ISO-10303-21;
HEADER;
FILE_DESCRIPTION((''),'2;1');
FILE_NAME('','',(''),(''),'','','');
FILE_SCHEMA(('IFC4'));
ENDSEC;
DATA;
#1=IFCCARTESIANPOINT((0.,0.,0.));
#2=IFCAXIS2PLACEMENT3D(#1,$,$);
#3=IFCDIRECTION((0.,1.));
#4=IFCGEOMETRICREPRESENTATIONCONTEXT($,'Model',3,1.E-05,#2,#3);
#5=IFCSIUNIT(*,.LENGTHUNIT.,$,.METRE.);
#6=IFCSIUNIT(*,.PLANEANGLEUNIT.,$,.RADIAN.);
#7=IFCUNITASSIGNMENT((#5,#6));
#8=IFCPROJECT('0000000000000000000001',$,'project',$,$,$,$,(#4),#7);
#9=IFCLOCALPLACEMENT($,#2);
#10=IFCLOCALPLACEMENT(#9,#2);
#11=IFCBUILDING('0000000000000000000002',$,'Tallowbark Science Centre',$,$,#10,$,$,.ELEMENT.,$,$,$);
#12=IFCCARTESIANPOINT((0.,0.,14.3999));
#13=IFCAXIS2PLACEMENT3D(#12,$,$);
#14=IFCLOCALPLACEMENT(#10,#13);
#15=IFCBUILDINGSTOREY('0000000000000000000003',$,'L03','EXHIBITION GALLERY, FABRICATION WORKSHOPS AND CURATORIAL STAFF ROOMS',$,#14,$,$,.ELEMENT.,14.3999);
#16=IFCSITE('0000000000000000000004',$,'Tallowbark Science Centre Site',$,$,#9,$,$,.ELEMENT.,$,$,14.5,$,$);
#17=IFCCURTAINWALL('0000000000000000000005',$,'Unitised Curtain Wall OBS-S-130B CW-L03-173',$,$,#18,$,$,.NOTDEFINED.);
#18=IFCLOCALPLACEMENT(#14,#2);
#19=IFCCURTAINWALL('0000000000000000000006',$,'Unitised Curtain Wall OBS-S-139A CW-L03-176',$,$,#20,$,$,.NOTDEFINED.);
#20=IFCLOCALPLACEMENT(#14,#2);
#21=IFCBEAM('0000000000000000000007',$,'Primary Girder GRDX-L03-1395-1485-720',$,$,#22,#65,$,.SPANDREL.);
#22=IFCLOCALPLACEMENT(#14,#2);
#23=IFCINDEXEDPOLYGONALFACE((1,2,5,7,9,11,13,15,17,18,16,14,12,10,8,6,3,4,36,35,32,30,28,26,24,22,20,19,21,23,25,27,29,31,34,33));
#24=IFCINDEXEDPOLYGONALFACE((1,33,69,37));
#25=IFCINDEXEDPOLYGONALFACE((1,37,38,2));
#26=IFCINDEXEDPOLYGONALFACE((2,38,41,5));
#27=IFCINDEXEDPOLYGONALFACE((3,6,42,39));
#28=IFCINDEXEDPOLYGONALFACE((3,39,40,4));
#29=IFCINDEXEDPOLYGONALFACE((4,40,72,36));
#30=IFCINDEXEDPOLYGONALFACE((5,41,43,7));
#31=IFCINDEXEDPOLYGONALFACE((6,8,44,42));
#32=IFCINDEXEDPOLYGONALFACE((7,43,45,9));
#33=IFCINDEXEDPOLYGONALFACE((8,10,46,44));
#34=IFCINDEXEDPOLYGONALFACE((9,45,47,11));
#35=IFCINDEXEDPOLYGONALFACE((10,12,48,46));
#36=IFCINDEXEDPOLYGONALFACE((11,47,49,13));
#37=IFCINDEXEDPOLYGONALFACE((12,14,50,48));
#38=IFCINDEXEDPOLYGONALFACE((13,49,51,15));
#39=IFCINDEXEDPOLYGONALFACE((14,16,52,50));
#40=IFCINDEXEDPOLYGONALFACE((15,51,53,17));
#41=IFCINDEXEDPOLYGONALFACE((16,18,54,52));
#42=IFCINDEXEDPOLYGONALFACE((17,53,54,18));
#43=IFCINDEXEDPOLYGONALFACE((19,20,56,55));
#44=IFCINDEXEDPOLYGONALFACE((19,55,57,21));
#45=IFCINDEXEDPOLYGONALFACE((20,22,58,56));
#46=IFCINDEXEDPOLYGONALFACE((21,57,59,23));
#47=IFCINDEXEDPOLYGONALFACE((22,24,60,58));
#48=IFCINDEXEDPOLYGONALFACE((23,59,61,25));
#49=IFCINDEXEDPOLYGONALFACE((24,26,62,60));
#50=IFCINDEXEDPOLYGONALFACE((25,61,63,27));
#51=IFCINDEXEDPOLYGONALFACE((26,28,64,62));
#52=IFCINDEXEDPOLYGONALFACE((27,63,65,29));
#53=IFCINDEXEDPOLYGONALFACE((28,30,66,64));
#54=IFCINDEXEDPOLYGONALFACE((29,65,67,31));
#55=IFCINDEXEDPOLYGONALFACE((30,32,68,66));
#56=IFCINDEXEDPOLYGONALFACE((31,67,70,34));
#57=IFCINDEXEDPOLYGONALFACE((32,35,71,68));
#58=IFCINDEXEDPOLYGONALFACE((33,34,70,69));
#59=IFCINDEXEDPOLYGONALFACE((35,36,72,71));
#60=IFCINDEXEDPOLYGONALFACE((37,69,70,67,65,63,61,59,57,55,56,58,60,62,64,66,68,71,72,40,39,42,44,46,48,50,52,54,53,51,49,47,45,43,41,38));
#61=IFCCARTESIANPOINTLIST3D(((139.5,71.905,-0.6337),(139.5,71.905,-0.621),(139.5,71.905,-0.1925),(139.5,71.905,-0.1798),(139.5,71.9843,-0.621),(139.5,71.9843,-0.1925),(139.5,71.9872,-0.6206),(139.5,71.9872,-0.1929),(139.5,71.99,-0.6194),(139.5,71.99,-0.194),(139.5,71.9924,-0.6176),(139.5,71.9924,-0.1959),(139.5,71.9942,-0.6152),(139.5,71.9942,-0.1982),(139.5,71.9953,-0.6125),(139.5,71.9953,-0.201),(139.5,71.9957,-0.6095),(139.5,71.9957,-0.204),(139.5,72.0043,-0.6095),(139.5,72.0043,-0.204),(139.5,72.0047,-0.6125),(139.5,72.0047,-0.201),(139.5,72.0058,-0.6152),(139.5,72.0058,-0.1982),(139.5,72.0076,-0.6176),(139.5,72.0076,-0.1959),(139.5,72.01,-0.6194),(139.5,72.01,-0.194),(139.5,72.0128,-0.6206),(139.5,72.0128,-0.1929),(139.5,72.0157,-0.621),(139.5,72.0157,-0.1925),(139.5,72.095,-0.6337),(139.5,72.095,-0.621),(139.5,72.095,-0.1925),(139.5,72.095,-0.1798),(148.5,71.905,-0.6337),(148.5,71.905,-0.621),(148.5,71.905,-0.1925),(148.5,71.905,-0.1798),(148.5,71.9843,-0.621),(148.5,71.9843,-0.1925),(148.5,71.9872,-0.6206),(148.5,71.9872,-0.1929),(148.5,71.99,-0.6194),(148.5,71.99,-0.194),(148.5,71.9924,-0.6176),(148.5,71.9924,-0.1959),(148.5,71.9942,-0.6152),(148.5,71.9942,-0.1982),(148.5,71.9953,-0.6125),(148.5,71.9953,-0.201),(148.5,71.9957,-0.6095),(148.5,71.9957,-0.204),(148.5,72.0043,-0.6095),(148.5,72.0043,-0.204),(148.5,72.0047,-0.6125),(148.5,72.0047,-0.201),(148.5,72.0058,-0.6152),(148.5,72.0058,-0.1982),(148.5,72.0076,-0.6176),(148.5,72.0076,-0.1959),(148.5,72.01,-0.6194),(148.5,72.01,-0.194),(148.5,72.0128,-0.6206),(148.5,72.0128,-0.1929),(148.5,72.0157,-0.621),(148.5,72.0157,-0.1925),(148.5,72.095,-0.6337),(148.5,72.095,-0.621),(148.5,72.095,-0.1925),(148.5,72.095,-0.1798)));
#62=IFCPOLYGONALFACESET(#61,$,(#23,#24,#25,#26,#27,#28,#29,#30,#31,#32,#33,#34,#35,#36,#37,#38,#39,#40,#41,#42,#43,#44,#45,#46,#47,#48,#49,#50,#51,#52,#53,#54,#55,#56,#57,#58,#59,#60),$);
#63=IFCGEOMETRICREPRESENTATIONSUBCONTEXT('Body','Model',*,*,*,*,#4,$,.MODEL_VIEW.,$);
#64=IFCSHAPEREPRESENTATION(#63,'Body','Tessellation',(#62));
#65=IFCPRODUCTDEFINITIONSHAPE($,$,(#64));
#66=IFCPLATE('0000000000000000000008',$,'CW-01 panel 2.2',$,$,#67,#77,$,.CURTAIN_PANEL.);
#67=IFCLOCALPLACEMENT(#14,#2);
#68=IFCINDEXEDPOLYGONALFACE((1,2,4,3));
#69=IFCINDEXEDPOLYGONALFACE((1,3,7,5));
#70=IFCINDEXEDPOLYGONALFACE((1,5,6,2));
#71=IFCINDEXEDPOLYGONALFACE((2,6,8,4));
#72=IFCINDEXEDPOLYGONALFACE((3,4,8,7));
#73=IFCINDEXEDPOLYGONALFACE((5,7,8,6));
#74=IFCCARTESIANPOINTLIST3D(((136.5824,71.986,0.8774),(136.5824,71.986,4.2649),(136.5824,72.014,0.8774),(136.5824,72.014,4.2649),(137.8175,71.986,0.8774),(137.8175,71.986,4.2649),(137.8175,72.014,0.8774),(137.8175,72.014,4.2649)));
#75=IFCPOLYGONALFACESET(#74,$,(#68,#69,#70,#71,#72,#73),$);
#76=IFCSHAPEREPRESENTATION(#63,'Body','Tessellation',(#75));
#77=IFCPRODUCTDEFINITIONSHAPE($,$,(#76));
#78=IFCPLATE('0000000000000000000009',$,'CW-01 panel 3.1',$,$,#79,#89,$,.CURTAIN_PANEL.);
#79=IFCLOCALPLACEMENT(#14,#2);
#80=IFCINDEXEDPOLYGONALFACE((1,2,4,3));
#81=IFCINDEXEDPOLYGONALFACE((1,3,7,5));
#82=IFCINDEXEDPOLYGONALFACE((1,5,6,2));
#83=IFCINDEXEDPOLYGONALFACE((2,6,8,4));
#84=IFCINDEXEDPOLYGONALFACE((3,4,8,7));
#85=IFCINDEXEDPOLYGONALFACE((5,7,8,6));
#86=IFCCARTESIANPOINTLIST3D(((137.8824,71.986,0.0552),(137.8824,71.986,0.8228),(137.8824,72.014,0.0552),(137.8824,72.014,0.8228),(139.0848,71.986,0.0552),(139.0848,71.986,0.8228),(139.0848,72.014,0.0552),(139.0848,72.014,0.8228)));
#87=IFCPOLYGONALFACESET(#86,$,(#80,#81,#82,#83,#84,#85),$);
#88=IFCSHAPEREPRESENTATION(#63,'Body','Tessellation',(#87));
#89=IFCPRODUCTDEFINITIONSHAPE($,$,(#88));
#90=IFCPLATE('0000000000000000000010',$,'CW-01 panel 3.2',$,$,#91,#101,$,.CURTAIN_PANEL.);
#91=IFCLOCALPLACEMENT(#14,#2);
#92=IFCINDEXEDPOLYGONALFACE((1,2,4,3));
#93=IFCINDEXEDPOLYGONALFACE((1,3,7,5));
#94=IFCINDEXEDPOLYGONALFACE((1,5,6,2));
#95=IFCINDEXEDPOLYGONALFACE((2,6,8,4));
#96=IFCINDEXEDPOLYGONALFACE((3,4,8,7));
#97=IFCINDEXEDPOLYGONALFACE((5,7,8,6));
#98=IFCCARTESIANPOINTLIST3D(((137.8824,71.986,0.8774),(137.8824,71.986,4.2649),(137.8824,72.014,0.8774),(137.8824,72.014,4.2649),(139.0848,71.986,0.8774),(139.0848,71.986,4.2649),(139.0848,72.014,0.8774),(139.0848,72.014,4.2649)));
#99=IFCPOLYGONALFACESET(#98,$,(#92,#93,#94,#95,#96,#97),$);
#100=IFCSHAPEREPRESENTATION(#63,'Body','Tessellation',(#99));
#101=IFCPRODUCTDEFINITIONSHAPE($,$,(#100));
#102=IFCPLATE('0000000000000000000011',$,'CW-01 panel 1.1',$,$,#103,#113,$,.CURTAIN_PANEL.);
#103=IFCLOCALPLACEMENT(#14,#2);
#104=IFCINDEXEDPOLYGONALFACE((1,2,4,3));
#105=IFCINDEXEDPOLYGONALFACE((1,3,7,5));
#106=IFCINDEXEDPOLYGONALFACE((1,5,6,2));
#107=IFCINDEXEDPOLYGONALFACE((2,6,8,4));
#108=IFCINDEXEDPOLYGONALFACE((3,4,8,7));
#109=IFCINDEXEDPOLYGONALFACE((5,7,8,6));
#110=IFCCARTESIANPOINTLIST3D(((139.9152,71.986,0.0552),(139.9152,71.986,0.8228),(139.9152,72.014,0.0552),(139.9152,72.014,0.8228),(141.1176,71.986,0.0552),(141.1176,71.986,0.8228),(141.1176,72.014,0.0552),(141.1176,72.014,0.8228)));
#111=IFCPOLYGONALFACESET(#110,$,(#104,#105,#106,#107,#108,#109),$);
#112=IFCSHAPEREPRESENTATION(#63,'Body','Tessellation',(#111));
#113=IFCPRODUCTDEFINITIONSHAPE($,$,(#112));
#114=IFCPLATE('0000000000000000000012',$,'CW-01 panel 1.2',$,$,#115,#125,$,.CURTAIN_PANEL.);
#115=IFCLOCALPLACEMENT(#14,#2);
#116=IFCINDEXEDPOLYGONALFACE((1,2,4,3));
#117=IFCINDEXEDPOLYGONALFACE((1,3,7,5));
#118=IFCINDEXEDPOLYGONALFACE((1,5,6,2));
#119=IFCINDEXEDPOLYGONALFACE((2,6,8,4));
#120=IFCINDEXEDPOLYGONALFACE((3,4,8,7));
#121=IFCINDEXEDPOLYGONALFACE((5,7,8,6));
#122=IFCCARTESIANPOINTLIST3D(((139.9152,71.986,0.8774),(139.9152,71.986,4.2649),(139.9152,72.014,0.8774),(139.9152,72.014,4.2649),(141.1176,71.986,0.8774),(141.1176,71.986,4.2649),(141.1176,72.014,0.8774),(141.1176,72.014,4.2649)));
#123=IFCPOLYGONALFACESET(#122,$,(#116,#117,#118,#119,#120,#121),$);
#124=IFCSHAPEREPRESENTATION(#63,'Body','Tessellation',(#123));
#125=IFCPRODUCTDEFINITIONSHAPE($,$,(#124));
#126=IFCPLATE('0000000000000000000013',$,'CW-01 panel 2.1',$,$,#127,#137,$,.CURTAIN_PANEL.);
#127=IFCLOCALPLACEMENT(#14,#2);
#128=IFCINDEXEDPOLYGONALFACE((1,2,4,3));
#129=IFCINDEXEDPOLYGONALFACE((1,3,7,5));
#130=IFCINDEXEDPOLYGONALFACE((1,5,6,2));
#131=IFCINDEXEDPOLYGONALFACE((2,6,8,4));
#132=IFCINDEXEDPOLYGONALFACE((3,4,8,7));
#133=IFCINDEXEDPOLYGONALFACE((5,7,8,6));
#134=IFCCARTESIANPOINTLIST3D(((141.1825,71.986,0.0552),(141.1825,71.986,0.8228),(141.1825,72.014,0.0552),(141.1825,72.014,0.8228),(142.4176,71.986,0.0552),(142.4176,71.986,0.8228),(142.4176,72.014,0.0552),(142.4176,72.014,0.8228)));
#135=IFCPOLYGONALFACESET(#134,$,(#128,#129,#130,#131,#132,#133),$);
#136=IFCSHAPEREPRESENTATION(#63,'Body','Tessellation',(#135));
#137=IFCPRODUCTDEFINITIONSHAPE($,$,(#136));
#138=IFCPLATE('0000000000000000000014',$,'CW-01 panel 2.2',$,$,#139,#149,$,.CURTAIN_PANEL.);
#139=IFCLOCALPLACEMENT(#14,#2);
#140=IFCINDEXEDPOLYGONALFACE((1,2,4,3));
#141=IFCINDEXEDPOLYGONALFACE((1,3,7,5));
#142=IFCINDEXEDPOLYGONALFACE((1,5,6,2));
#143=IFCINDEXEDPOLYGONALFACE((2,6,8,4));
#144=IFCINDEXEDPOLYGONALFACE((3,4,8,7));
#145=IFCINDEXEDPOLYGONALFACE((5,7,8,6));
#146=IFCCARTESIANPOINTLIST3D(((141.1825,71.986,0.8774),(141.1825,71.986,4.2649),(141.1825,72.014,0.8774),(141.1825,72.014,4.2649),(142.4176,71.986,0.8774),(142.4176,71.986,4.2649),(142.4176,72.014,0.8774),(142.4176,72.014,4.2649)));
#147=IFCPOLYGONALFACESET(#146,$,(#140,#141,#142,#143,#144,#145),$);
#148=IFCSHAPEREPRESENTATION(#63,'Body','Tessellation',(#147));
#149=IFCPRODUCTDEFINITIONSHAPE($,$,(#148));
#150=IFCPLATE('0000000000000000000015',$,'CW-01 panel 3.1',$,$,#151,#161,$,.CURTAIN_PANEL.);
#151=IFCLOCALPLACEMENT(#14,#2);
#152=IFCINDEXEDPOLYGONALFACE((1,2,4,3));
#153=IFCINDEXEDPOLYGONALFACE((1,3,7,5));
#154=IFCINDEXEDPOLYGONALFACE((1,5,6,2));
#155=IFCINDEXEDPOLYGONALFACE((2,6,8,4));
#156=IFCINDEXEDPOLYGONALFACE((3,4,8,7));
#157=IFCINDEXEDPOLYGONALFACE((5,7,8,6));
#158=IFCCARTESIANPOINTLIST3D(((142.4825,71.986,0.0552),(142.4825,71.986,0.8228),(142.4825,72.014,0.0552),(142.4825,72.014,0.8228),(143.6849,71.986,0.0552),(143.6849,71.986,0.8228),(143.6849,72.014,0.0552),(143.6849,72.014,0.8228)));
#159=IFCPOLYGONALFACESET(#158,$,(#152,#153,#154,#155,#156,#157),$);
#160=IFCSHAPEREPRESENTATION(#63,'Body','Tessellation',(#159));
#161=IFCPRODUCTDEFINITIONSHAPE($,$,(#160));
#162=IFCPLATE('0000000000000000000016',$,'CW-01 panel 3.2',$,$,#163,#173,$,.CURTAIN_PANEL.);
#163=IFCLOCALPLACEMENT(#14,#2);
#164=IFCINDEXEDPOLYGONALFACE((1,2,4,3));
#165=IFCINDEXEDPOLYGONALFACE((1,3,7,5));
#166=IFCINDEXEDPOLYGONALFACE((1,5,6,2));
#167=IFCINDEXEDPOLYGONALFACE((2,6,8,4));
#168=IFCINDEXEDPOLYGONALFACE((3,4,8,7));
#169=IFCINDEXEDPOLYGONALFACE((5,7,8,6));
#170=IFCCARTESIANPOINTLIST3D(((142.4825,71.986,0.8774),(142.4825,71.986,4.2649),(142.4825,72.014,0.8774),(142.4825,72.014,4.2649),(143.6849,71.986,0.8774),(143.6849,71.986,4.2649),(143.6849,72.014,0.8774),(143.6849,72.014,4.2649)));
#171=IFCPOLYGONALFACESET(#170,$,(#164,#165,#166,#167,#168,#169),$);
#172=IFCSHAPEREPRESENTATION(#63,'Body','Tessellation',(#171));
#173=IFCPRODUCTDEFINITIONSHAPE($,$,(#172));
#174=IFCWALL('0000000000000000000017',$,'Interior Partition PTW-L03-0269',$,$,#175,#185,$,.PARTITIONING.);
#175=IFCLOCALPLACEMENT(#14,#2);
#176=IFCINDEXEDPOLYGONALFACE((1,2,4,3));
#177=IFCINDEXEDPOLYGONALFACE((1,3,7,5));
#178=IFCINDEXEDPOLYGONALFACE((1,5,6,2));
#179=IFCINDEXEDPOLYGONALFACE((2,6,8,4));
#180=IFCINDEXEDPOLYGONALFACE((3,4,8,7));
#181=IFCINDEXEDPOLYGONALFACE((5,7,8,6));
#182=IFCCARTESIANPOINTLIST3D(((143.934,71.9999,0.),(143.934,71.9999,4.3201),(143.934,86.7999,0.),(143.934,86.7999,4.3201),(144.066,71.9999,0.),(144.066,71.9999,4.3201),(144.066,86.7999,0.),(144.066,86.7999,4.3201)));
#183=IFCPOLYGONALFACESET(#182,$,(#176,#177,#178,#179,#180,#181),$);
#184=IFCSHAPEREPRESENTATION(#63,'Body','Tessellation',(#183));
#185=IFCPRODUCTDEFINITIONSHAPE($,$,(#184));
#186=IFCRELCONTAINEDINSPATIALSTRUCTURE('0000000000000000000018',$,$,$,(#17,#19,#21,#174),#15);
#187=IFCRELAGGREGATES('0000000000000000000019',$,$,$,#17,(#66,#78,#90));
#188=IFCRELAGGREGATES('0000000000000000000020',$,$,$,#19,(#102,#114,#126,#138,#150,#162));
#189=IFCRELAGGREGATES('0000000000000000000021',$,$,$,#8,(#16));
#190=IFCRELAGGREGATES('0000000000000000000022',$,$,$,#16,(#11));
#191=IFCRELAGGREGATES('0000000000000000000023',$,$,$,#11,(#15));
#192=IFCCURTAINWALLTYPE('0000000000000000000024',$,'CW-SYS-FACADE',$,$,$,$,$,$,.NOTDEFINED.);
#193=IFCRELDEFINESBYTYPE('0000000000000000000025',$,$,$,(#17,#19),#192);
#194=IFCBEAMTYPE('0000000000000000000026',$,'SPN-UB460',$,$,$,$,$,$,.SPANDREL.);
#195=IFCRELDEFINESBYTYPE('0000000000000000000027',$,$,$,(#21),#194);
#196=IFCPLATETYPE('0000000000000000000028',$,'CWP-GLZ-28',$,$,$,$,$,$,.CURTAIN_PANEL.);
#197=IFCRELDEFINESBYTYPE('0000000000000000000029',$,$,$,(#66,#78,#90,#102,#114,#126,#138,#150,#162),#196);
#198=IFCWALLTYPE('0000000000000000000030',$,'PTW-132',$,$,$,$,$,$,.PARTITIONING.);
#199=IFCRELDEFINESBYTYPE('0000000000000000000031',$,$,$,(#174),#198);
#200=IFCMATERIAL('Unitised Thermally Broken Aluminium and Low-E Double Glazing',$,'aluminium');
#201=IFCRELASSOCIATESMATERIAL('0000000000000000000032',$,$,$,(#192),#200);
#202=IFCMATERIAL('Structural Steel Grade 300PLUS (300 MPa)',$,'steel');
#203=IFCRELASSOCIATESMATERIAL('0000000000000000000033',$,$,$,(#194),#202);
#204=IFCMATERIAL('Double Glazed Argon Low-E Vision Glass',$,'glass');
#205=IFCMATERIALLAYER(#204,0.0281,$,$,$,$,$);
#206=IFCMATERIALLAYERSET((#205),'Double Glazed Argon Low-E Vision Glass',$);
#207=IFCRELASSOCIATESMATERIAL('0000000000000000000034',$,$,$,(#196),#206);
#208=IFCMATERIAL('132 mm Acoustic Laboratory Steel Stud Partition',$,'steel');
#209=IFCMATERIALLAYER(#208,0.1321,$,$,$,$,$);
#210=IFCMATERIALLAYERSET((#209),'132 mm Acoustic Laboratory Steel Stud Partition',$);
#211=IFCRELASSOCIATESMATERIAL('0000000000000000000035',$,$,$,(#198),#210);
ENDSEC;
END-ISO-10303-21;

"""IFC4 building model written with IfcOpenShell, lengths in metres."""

from ifc_helpers import new_model, si_unit, direction, frame, frame_2d, origin, origin_2d, place, context, subcontext, project, spatial, rectangle, i_section, extrude, material, layer, layer_set, material_profile, profile_set, type_object, element, aggregate, save


model = new_model("IFC4")

# Units and contexts
model_context = context("Model", 3, precision=1e-05, world=origin(), true_north=direction((0.0, 1.0)))
body_context = subcontext(model_context, "Body", "Model", "MODEL_VIEW")
ifc_project = project(units=[si_unit("LENGTHUNIT", "METRE"), si_unit("PLANEANGLEUNIT", "RADIAN")], contexts=[model_context])

# Site, building, storey
site_placement = place(None, origin())
site = spatial("IfcSite", under=ifc_project, at=site_placement, Name="Tallowbark Science Centre Site", CompositionType="ELEMENT", RefElevation=14.5)
building_placement = place(site_placement, origin())
building = spatial("IfcBuilding", under=site, at=building_placement, Name="Tallowbark Science Centre", CompositionType="ELEMENT")
storey_placement = place(building_placement, frame((0.0, 0.0, 14.3999)))
storey = spatial("IfcBuildingStorey", under=building, at=storey_placement, Name="L03", Description="EXHIBITION GALLERY, FABRICATION WORKSHOPS AND CURATORIAL STAFF ROOMS", CompositionType="ELEMENT", Elevation=14.3999)

# Shared definitions
ifc_material_1 = material(Name="Structural Steel Grade 300PLUS (300 MPa)", Category="steel")

# Curtain walls
ifc_material_2 = material(Name="Unitised Thermally Broken Aluminium and Low-E Double Glazing", Category="aluminium")
curtain_wall_type = type_object("IfcCurtainWallType", Name="CW-SYS-FACADE", PredefinedType="NOTDEFINED", material=ifc_material_2)
curtain_wall_1_placement = place(storey_placement, origin())
curtain_wall_1 = element("IfcCurtainWall", 1, at=curtain_wall_1_placement, inside=storey, type_object=curtain_wall_type, Name="Unitised Curtain Wall OBS-S-130B CW-L03-173", PredefinedType="NOTDEFINED")
curtain_wall_2_placement = place(storey_placement, origin())
curtain_wall_2 = element("IfcCurtainWall", 2, at=curtain_wall_2_placement, inside=storey, type_object=curtain_wall_type, Name="Unitised Curtain Wall OBS-S-139A CW-L03-176", PredefinedType="NOTDEFINED")

# Beam
ifc_material_profile_1 = material_profile(ifc_material_1, i_section(OverallWidth=0.1899, OverallDepth=0.4539, WebThickness=0.0085, FlangeThickness=0.0127, FilletRadius=0.0115, at=origin_2d()), Name="460UB67.1")
ifc_profile_set_1 = profile_set([ifc_material_profile_1], Name="Structural Steel Grade 300PLUS (300 MPa)")
beam_type_1 = type_object("IfcBeamType", Name="SPN-UB460", PredefinedType="SPANDREL", material=ifc_profile_set_1)
beam_1_placement = place(storey_placement, frame((139.5, 72.0, -0.4067), z_axis=(1.0, 0.0, 0.0), x_axis=(0.0, 1.0, 0.0)))
element("IfcBeam", 3, at=beam_1_placement, inside=storey, type_object=beam_type_1, Name="Primary Girder GRDX-L03-1395-1485-720", PredefinedType="SPANDREL", context=body_context, shape_type="SweptSolid", body=[
    extrude(i_section(OverallWidth=0.1899, OverallDepth=0.4539, WebThickness=0.0085, FlangeThickness=0.0127, FilletRadius=0.0115, at=origin_2d()), origin(), (0.0, 0.0, 1.0), 9.0),
])

# Plates
ifc_material_3 = material(Name="Double Glazed Argon Low-E Vision Glass", Category="glass")
ifc_layer_1 = layer(ifc_material_3, 0.0281)
ifc_layer_set_1 = layer_set([ifc_layer_1], Name="Double Glazed Argon Low-E Vision Glass")
plate_type = type_object("IfcPlateType", Name="CWP-GLZ-28", PredefinedType="CURTAIN_PANEL", material=ifc_layer_set_1)
plate_1_placement = place(storey_placement, frame((137.2, 72.0, 0.8774), z_axis=(0.0, 0.0, 1.0), x_axis=(1.0, 0.0, 0.0)))
plate_1 = element("IfcPlate", 4, at=plate_1_placement, type_object=plate_type, Name="CW-01 panel 2.2", PredefinedType="CURTAIN_PANEL", context=body_context, shape_type="SweptSolid", body=[
    extrude(rectangle(XDim=1.2351, YDim=0.0281, at=origin_2d()), origin(), (0.0, 0.0, 1.0), 3.3875),
])
plate_2_placement = place(storey_placement, frame((138.4836, 72.0, 0.0552), z_axis=(0.0, 0.0, 1.0), x_axis=(1.0, 0.0, 0.0)))
plate_2 = element("IfcPlate", 5, at=plate_2_placement, type_object=plate_type, Name="CW-01 panel 3.1", PredefinedType="CURTAIN_PANEL", context=body_context, shape_type="SweptSolid", body=[
    extrude(rectangle(XDim=1.2024, YDim=0.0281, at=origin_2d()), origin(), (0.0, 0.0, 1.0), 0.7676),
])
plate_3_placement = place(storey_placement, frame((138.4836, 72.0, 0.8774), z_axis=(0.0, 0.0, 1.0), x_axis=(1.0, 0.0, 0.0)))
plate_3 = element("IfcPlate", 6, at=plate_3_placement, type_object=plate_type, Name="CW-01 panel 3.2", PredefinedType="CURTAIN_PANEL", context=body_context, shape_type="SweptSolid", body=[
    extrude(rectangle(XDim=1.2024, YDim=0.0281, at=origin_2d()), origin(), (0.0, 0.0, 1.0), 3.3875),
])
aggregate(curtain_wall_1, [plate_1, plate_2, plate_3])
plate_4_placement = place(storey_placement, frame((140.5164, 72.0, 0.0552), z_axis=(0.0, 0.0, 1.0), x_axis=(1.0, 0.0, 0.0)))
plate_4 = element("IfcPlate", 7, at=plate_4_placement, type_object=plate_type, Name="CW-01 panel 1.1", PredefinedType="CURTAIN_PANEL", context=body_context, shape_type="SweptSolid", body=[
    extrude(rectangle(XDim=1.2024, YDim=0.0281, at=origin_2d()), origin(), (0.0, 0.0, 1.0), 0.7676),
])
plate_5_placement = place(storey_placement, frame((140.5164, 72.0, 0.8774), z_axis=(0.0, 0.0, 1.0), x_axis=(1.0, 0.0, 0.0)))
plate_5 = element("IfcPlate", 8, at=plate_5_placement, type_object=plate_type, Name="CW-01 panel 1.2", PredefinedType="CURTAIN_PANEL", context=body_context, shape_type="SweptSolid", body=[
    extrude(rectangle(XDim=1.2024, YDim=0.0281, at=origin_2d()), origin(), (0.0, 0.0, 1.0), 3.3875),
])
plate_6_placement = place(storey_placement, frame((141.8, 72.0, 0.0552), z_axis=(0.0, 0.0, 1.0), x_axis=(1.0, 0.0, 0.0)))
plate_6 = element("IfcPlate", 9, at=plate_6_placement, type_object=plate_type, Name="CW-01 panel 2.1", PredefinedType="CURTAIN_PANEL", context=body_context, shape_type="SweptSolid", body=[
    extrude(rectangle(XDim=1.2351, YDim=0.0281, at=origin_2d()), origin(), (0.0, 0.0, 1.0), 0.7676),
])
plate_7_placement = place(storey_placement, frame((141.8, 72.0, 0.8774), z_axis=(0.0, 0.0, 1.0), x_axis=(1.0, 0.0, 0.0)))
plate_7 = element("IfcPlate", 10, at=plate_7_placement, type_object=plate_type, Name="CW-01 panel 2.2", PredefinedType="CURTAIN_PANEL", context=body_context, shape_type="SweptSolid", body=[
    extrude(rectangle(XDim=1.2351, YDim=0.0281, at=origin_2d()), origin(), (0.0, 0.0, 1.0), 3.3875),
])
plate_8_placement = place(storey_placement, frame((143.0837, 72.0, 0.0552), z_axis=(0.0, 0.0, 1.0), x_axis=(1.0, 0.0, 0.0)))
plate_8 = element("IfcPlate", 11, at=plate_8_placement, type_object=plate_type, Name="CW-01 panel 3.1", PredefinedType="CURTAIN_PANEL", context=body_context, shape_type="SweptSolid", body=[
    extrude(rectangle(XDim=1.2024, YDim=0.0281, at=origin_2d()), origin(), (0.0, 0.0, 1.0), 0.7676),
])
plate_9_placement = place(storey_placement, frame((143.0837, 72.0, 0.8774), z_axis=(0.0, 0.0, 1.0), x_axis=(1.0, 0.0, 0.0)))
plate_9 = element("IfcPlate", 12, at=plate_9_placement, type_object=plate_type, Name="CW-01 panel 3.2", PredefinedType="CURTAIN_PANEL", context=body_context, shape_type="SweptSolid", body=[
    extrude(rectangle(XDim=1.2024, YDim=0.0281, at=origin_2d()), origin(), (0.0, 0.0, 1.0), 3.3875),
])
aggregate(curtain_wall_2, [plate_4, plate_5, plate_6, plate_7, plate_8, plate_9])

# Wall
ifc_material_4 = material(Name="132 mm Acoustic Laboratory Steel Stud Partition", Category="steel")
ifc_layer_2 = layer(ifc_material_4, 0.1321)
ifc_layer_set_2 = layer_set([ifc_layer_2], Name="132 mm Acoustic Laboratory Steel Stud Partition")
wall_type = type_object("IfcWallType", Name="PTW-132", PredefinedType="PARTITIONING", material=ifc_layer_set_2)
wall_placement = place(storey_placement, frame((144.0, 72.0, 0.0), z_axis=(0.0, 0.0, 1.0), x_axis=(0.0, 1.0, 0.0)))
element("IfcWall", 13, at=wall_placement, inside=storey, type_object=wall_type, Name="Interior Partition PTW-L03-0269", PredefinedType="PARTITIONING", context=body_context, shape_type="SweptSolid", body=[
    extrude(rectangle(XDim=14.8, YDim=0.1321, at=frame_2d((7.3999, 0.0))), origin(), (0.0, 0.0, 1.0), 4.3201),
])

save(model, "model.ifc")
